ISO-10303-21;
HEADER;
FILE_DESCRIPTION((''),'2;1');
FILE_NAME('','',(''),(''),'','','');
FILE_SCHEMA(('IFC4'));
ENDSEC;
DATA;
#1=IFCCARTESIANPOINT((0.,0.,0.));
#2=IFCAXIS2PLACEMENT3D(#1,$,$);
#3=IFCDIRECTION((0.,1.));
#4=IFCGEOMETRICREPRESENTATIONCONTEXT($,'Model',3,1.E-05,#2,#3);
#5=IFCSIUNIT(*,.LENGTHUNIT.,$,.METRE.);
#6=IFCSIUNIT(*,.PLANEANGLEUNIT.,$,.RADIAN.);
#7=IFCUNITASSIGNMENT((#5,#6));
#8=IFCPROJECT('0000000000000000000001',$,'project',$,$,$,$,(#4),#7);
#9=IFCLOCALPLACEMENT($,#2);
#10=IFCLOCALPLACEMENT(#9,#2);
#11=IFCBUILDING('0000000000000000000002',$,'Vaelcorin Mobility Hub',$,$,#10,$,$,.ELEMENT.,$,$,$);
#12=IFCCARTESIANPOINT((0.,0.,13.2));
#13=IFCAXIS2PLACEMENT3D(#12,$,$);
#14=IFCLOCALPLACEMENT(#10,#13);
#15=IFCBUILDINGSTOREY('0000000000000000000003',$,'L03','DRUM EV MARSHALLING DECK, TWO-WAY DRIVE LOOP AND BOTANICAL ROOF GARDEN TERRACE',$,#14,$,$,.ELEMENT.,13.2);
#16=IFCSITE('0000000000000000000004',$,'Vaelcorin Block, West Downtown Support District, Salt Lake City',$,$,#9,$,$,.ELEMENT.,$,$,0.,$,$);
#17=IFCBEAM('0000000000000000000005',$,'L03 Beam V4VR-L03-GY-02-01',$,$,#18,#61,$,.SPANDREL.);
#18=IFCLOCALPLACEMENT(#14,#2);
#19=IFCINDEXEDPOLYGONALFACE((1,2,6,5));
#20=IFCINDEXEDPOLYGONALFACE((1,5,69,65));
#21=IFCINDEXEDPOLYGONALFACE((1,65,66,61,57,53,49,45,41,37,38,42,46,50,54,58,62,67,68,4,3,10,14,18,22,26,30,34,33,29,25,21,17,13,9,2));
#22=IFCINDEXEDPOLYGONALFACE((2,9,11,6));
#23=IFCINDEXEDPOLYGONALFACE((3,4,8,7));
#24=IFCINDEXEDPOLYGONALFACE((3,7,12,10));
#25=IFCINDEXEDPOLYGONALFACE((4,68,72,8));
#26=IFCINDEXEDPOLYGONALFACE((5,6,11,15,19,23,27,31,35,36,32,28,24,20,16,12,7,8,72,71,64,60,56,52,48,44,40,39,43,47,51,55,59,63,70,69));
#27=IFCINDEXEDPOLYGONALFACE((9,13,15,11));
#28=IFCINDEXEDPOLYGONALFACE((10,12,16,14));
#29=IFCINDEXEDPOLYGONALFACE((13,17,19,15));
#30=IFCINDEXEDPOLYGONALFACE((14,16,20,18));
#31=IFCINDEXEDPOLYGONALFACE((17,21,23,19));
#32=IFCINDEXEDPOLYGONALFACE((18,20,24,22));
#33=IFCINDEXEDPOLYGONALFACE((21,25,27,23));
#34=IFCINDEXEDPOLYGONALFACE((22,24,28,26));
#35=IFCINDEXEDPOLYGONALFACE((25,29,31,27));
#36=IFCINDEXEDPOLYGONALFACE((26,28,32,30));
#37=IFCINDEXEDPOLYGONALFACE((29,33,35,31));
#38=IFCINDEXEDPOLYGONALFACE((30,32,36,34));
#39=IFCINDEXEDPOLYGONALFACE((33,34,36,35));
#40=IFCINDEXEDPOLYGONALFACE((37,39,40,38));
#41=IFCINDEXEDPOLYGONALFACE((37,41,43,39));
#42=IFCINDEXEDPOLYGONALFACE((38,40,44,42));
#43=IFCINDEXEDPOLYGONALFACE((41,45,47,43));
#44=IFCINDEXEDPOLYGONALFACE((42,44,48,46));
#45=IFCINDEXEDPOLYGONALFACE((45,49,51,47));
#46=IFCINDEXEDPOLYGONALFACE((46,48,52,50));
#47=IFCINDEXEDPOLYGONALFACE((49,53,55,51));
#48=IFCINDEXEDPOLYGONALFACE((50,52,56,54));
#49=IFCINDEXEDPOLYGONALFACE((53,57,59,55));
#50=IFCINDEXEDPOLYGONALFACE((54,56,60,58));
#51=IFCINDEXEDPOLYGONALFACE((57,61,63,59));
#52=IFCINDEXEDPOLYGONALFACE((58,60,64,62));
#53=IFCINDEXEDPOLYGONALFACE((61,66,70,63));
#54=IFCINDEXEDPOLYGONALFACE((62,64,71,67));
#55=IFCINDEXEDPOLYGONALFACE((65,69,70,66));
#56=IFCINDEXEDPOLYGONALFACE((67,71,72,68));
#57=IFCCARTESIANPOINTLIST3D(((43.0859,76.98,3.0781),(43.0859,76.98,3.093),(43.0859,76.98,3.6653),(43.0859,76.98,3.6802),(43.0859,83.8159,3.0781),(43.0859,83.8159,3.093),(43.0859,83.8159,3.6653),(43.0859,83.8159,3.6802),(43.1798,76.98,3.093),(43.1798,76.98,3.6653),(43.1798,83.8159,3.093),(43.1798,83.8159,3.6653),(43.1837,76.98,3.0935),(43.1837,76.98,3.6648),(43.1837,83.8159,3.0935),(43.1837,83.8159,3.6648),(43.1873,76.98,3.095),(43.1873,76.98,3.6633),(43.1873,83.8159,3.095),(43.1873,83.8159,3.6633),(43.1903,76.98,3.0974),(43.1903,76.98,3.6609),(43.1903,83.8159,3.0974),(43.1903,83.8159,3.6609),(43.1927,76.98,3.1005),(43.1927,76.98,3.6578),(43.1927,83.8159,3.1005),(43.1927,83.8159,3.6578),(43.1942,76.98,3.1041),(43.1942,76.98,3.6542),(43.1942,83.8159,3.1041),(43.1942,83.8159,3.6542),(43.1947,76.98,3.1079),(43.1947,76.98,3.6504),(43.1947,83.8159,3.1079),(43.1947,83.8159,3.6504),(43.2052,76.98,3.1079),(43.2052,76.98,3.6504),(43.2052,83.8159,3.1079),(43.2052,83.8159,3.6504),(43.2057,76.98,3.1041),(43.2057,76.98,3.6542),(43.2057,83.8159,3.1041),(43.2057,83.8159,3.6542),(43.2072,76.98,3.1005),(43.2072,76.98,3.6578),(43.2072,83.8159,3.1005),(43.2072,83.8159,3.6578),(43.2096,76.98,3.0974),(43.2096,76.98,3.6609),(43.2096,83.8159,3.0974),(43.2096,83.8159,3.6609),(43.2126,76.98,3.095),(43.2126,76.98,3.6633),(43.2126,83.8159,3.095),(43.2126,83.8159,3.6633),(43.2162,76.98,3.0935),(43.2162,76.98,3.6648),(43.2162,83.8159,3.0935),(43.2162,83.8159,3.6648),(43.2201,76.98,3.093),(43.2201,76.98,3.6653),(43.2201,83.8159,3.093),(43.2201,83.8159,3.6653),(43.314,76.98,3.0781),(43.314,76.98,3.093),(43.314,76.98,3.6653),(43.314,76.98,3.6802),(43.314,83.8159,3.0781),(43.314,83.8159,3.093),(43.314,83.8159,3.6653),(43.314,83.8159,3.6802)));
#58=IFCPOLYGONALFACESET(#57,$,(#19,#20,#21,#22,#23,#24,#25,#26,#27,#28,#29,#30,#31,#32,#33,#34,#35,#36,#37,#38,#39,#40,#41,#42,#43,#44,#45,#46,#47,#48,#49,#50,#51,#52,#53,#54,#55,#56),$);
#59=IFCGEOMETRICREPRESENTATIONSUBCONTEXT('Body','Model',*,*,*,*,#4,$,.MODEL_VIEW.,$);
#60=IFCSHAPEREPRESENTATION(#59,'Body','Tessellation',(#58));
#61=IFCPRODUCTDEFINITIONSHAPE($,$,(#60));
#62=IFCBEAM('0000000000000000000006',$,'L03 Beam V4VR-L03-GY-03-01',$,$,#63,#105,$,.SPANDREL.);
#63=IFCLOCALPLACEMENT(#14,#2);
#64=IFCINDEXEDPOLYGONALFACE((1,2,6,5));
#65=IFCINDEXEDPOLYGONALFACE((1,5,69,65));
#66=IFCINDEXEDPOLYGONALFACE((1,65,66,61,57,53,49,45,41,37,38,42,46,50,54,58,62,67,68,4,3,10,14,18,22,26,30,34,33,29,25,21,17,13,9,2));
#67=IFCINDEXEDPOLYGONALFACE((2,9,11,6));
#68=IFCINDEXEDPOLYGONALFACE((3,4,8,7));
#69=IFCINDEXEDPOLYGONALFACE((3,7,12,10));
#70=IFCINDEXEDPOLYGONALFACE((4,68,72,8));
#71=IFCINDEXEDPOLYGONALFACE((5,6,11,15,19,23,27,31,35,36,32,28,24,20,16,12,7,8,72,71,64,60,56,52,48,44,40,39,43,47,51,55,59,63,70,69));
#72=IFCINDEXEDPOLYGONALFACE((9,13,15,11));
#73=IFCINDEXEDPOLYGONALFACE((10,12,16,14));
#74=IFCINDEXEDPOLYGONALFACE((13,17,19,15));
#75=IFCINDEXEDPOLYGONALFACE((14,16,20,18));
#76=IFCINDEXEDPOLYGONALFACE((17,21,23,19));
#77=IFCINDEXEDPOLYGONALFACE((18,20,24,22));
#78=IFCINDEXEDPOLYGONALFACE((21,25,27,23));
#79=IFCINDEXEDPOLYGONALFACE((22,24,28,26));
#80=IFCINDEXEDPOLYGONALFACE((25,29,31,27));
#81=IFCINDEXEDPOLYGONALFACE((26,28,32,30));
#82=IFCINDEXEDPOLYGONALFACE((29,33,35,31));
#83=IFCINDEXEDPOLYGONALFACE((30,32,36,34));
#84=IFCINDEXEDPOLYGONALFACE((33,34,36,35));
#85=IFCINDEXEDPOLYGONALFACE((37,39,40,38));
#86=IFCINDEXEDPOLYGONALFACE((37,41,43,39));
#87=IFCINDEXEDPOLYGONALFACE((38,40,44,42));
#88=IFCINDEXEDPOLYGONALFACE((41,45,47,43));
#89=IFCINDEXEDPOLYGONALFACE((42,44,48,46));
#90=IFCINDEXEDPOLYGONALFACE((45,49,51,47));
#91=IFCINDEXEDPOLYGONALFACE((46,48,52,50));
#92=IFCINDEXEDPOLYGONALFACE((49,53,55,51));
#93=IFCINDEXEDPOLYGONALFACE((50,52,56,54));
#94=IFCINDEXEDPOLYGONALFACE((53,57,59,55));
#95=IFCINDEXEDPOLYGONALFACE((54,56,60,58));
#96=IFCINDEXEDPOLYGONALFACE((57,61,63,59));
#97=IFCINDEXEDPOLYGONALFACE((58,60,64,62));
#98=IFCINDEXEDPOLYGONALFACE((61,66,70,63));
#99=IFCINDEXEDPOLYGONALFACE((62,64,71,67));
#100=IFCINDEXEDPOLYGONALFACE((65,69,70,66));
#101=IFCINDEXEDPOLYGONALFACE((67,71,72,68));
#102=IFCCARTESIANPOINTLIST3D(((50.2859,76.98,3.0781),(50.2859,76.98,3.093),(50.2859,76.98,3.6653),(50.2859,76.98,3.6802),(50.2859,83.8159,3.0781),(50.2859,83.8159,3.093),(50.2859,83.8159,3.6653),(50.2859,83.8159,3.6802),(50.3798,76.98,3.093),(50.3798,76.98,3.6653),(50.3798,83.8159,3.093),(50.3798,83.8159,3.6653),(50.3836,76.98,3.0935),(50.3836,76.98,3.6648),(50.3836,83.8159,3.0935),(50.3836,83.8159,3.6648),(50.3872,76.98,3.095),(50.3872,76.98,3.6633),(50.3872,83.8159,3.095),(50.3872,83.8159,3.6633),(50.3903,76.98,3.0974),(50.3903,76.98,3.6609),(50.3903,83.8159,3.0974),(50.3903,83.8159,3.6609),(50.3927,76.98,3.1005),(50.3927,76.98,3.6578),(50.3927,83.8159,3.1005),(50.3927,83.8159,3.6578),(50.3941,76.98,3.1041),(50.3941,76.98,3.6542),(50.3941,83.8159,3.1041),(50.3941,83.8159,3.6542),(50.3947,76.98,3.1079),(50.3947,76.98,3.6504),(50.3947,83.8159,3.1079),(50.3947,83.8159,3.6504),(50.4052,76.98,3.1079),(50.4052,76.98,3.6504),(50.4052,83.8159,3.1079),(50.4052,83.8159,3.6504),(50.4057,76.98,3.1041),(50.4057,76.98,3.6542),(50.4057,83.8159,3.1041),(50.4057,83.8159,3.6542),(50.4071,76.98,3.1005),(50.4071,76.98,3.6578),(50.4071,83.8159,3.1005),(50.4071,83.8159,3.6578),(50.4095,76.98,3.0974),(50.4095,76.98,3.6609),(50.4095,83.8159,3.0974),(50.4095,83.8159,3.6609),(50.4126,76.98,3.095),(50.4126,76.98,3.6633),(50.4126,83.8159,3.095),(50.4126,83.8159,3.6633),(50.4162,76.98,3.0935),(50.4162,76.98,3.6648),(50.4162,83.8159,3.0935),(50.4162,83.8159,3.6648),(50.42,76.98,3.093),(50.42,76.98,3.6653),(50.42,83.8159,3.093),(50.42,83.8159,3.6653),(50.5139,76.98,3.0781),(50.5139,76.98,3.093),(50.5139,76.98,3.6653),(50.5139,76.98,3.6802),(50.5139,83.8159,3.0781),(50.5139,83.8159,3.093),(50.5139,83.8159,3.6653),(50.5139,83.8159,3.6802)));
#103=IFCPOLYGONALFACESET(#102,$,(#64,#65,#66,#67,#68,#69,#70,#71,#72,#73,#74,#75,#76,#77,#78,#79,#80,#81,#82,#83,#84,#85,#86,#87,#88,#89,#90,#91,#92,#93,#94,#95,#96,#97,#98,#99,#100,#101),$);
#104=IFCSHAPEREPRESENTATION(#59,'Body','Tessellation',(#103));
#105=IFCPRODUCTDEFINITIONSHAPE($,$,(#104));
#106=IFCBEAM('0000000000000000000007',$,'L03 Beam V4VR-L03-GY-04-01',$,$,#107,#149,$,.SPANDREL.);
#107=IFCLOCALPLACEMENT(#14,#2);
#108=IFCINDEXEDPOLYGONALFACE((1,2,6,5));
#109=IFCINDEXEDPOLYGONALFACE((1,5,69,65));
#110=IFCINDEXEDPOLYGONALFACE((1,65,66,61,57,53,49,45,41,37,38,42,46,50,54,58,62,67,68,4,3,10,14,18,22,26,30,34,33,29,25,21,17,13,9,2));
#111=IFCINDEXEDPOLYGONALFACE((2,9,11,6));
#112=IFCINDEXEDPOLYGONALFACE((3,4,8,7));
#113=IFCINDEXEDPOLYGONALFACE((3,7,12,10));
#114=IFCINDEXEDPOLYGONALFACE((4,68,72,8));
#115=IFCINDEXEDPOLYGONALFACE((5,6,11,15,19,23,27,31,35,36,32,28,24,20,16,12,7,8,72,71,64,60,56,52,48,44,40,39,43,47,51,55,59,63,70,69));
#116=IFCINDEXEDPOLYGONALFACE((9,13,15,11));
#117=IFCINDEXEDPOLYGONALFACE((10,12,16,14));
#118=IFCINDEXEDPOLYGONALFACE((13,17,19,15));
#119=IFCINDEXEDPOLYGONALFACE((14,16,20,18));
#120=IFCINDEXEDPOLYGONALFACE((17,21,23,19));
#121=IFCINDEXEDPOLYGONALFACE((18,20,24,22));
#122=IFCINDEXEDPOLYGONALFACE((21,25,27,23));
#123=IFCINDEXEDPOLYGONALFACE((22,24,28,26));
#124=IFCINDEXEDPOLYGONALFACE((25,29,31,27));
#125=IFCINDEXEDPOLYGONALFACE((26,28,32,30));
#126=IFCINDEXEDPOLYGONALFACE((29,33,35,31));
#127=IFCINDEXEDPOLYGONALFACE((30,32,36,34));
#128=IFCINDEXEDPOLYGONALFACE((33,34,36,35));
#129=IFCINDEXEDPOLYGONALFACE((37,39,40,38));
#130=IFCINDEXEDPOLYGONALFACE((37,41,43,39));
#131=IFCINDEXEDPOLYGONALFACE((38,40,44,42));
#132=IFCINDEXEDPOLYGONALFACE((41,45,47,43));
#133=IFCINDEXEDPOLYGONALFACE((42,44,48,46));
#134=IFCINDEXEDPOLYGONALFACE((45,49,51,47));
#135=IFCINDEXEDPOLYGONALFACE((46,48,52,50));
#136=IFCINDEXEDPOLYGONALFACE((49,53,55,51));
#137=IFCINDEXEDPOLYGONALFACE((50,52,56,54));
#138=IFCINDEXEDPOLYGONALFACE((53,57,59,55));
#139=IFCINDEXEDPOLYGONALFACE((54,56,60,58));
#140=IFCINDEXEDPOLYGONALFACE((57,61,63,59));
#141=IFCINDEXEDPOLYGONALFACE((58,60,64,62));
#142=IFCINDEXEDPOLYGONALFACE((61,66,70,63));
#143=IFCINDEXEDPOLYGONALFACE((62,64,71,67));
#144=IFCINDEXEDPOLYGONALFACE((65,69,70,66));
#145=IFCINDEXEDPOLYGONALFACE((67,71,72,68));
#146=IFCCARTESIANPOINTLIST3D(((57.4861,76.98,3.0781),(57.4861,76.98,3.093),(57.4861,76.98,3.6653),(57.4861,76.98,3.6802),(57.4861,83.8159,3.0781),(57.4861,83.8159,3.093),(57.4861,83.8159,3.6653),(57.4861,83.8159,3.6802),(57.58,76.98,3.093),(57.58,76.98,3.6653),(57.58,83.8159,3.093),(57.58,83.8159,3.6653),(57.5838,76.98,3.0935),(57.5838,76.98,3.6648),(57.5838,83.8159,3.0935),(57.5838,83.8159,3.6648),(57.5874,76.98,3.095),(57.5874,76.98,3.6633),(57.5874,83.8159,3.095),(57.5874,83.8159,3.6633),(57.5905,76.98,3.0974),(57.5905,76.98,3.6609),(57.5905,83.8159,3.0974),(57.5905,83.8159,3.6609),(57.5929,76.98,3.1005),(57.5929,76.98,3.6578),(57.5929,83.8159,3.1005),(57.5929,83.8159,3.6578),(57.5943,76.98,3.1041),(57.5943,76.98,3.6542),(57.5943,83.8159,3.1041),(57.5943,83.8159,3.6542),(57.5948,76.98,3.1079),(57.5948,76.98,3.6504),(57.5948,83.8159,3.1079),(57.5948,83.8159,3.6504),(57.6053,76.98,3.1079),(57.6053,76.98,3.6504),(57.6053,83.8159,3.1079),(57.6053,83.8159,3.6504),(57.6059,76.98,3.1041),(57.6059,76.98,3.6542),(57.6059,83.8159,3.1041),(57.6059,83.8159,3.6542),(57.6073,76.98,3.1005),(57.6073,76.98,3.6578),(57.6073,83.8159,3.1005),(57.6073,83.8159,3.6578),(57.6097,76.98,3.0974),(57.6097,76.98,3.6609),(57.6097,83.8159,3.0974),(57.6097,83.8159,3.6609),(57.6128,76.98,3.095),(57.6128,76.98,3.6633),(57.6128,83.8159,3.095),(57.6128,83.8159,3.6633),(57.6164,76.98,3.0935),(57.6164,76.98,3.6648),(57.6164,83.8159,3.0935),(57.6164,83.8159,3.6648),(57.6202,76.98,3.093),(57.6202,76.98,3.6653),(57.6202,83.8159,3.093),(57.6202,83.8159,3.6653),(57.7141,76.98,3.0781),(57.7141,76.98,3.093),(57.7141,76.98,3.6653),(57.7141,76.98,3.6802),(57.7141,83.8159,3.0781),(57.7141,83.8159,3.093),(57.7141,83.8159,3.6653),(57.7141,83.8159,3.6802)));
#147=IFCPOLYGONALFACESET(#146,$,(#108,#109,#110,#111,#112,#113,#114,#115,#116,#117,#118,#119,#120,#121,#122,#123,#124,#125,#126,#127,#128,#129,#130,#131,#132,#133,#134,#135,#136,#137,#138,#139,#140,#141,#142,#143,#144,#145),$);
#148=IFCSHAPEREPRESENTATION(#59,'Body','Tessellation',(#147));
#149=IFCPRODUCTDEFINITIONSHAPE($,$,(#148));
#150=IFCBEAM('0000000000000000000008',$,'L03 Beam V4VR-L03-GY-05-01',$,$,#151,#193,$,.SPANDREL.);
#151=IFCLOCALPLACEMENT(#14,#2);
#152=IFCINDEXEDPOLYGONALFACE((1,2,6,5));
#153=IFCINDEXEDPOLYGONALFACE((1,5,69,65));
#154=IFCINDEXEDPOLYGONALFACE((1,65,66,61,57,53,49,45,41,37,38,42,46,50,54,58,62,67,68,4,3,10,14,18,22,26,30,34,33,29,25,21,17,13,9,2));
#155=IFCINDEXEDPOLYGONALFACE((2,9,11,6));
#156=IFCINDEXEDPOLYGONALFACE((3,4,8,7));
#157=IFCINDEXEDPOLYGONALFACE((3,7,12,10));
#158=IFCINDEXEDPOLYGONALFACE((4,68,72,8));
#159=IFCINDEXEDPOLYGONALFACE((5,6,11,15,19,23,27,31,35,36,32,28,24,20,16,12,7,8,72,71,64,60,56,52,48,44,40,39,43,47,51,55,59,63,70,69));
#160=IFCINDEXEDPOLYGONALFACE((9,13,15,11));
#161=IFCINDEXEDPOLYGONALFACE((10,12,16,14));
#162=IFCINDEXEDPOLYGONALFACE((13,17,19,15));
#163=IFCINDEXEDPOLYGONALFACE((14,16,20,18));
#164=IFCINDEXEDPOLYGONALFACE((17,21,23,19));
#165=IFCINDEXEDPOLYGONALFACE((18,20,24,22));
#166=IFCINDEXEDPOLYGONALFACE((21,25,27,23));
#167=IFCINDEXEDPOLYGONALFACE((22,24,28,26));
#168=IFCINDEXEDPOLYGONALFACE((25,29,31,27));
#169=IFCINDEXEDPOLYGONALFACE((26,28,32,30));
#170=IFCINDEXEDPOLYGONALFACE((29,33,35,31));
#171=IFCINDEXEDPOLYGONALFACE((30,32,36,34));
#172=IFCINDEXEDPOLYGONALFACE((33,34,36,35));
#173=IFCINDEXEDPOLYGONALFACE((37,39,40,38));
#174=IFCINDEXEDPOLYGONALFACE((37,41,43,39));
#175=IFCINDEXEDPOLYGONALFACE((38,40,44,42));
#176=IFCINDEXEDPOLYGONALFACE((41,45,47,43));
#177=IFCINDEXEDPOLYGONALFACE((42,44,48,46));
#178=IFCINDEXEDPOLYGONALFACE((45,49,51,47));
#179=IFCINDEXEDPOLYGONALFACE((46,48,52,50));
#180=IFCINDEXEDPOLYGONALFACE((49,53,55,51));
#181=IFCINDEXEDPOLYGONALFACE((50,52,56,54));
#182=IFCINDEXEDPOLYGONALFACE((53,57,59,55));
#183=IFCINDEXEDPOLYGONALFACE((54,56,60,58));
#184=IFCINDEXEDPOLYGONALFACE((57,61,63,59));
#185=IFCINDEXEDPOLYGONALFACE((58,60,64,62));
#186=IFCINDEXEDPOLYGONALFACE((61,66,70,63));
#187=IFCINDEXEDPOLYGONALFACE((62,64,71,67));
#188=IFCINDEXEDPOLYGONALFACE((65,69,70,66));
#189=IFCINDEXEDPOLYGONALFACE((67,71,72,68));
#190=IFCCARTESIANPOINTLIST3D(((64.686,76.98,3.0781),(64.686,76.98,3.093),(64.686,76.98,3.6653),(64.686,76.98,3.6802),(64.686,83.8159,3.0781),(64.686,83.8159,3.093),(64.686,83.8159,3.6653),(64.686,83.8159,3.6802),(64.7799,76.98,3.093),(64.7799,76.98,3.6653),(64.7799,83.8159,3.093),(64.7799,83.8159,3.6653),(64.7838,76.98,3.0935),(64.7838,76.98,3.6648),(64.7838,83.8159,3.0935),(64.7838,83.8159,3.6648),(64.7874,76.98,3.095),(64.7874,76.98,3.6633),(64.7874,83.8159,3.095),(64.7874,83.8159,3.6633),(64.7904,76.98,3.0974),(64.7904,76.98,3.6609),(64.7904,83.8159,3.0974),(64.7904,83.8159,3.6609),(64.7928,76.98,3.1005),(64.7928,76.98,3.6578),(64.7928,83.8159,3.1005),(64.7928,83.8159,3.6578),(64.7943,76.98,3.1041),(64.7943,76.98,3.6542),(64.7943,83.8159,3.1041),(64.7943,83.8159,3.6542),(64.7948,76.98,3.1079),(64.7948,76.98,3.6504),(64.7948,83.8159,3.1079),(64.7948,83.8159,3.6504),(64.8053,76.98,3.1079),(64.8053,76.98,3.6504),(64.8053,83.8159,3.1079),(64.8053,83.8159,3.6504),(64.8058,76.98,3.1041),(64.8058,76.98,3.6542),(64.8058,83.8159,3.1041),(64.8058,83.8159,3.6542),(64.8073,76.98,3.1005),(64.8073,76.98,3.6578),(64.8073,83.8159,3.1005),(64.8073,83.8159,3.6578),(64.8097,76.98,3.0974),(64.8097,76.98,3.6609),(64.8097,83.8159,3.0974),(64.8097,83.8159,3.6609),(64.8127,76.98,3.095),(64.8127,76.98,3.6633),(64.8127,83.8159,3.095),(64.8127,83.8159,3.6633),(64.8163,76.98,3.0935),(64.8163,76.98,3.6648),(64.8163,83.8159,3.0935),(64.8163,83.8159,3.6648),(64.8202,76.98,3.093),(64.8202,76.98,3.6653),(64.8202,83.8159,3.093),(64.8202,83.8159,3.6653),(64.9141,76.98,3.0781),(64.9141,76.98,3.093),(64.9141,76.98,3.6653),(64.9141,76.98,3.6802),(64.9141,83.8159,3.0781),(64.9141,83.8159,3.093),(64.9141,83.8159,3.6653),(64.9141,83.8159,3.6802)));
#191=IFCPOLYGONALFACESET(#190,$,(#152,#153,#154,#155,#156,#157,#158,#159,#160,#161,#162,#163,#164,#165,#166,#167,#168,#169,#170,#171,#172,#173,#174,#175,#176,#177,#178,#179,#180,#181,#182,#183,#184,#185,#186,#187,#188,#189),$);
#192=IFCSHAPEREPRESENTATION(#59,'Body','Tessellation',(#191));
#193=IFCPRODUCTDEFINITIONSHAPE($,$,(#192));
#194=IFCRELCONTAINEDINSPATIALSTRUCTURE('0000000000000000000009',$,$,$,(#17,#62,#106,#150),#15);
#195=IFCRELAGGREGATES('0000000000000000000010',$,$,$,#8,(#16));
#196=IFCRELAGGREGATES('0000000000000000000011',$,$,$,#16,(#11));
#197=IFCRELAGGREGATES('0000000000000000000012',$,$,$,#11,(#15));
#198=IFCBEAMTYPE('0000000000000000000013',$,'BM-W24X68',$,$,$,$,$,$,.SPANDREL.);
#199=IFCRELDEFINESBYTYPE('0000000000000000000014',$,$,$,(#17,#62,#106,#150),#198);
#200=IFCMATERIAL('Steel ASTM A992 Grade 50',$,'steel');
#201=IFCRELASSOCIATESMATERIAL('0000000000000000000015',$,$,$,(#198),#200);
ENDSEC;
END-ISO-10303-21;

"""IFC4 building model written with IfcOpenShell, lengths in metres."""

from ifc_helpers import new_model, si_unit, direction, frame, origin, origin_2d, place, context, subcontext, project, spatial, i_section, extrude, material, material_profile, profile_set, type_object, element, save


model = new_model("IFC4")

# Units and contexts
model_context = context("Model", 3, precision=1e-05, world=origin(), true_north=direction((0.0, 1.0)))
body_context = subcontext(model_context, "Body", "Model", "MODEL_VIEW")
ifc_project = project(units=[si_unit("LENGTHUNIT", "METRE"), si_unit("PLANEANGLEUNIT", "RADIAN")], contexts=[model_context])

# Site, building, storey
site_placement = place(None, origin())
site = spatial("IfcSite", under=ifc_project, at=site_placement, Name="Vaelcorin Block, West Downtown Support District, Salt Lake City", CompositionType="ELEMENT", RefElevation=0.0)
building_placement = place(site_placement, origin())
building = spatial("IfcBuilding", under=site, at=building_placement, Name="Vaelcorin Mobility Hub", CompositionType="ELEMENT")
storey_placement = place(building_placement, frame((0.0, 0.0, 13.2)))
storey = spatial("IfcBuildingStorey", under=building, at=storey_placement, Name="L03", Description="DRUM EV MARSHALLING DECK, TWO-WAY DRIVE LOOP AND BOTANICAL ROOF GARDEN TERRACE", CompositionType="ELEMENT", Elevation=13.2)

# Shared definitions
ifc_material_1 = material(Name="Steel ASTM A992 Grade 50", Category="steel")

# Beams
ifc_material_profile_1 = material_profile(ifc_material_1, i_section(OverallWidth=0.228, OverallDepth=0.6021, WebThickness=0.0105, FlangeThickness=0.0149, FilletRadius=0.0149, at=origin_2d()), Name="W24X68")
ifc_profile_set_1 = profile_set([ifc_material_profile_1], Name="Steel ASTM A992 Grade 50")
beam_type_1 = type_object("IfcBeamType", Name="BM-W24X68", PredefinedType="SPANDREL", material=ifc_profile_set_1)
for number, where, z_axis, x_axis, name in (
    (1, (43.2, 76.98, 3.3792), (0.0, 1.0, 0.0), (-1.0, 0.0, 0.0), "L03 Beam V4VR-L03-GY-02-01"),
    (2, (50.3999, 76.98, 3.3792), (0.0, 1.0, 0.0), (-1.0, 0.0, 0.0), "L03 Beam V4VR-L03-GY-03-01"),
    (3, (57.6001, 76.98, 3.3792), (0.0, 1.0, 0.0), (-1.0, 0.0, 0.0), "L03 Beam V4VR-L03-GY-04-01"),
    (4, (64.8, 76.98, 3.3792), (0.0, 1.0, 0.0), (-1.0, 0.0, 0.0), "L03 Beam V4VR-L03-GY-05-01"),
):
    element("IfcBeam", number, at=place(storey_placement, frame(where, z_axis=z_axis, x_axis=x_axis)), inside=storey, type_object=beam_type_1, Name=name, PredefinedType="SPANDREL", context=body_context, shape_type="SweptSolid", body=[
        extrude(i_section(OverallWidth=0.228, OverallDepth=0.6021, WebThickness=0.0105, FlangeThickness=0.0149, FilletRadius=0.0149, at=origin_2d()), origin(), (0.0, 0.0, 1.0), 6.8359),
    ])

save(model, "model.ifc")
